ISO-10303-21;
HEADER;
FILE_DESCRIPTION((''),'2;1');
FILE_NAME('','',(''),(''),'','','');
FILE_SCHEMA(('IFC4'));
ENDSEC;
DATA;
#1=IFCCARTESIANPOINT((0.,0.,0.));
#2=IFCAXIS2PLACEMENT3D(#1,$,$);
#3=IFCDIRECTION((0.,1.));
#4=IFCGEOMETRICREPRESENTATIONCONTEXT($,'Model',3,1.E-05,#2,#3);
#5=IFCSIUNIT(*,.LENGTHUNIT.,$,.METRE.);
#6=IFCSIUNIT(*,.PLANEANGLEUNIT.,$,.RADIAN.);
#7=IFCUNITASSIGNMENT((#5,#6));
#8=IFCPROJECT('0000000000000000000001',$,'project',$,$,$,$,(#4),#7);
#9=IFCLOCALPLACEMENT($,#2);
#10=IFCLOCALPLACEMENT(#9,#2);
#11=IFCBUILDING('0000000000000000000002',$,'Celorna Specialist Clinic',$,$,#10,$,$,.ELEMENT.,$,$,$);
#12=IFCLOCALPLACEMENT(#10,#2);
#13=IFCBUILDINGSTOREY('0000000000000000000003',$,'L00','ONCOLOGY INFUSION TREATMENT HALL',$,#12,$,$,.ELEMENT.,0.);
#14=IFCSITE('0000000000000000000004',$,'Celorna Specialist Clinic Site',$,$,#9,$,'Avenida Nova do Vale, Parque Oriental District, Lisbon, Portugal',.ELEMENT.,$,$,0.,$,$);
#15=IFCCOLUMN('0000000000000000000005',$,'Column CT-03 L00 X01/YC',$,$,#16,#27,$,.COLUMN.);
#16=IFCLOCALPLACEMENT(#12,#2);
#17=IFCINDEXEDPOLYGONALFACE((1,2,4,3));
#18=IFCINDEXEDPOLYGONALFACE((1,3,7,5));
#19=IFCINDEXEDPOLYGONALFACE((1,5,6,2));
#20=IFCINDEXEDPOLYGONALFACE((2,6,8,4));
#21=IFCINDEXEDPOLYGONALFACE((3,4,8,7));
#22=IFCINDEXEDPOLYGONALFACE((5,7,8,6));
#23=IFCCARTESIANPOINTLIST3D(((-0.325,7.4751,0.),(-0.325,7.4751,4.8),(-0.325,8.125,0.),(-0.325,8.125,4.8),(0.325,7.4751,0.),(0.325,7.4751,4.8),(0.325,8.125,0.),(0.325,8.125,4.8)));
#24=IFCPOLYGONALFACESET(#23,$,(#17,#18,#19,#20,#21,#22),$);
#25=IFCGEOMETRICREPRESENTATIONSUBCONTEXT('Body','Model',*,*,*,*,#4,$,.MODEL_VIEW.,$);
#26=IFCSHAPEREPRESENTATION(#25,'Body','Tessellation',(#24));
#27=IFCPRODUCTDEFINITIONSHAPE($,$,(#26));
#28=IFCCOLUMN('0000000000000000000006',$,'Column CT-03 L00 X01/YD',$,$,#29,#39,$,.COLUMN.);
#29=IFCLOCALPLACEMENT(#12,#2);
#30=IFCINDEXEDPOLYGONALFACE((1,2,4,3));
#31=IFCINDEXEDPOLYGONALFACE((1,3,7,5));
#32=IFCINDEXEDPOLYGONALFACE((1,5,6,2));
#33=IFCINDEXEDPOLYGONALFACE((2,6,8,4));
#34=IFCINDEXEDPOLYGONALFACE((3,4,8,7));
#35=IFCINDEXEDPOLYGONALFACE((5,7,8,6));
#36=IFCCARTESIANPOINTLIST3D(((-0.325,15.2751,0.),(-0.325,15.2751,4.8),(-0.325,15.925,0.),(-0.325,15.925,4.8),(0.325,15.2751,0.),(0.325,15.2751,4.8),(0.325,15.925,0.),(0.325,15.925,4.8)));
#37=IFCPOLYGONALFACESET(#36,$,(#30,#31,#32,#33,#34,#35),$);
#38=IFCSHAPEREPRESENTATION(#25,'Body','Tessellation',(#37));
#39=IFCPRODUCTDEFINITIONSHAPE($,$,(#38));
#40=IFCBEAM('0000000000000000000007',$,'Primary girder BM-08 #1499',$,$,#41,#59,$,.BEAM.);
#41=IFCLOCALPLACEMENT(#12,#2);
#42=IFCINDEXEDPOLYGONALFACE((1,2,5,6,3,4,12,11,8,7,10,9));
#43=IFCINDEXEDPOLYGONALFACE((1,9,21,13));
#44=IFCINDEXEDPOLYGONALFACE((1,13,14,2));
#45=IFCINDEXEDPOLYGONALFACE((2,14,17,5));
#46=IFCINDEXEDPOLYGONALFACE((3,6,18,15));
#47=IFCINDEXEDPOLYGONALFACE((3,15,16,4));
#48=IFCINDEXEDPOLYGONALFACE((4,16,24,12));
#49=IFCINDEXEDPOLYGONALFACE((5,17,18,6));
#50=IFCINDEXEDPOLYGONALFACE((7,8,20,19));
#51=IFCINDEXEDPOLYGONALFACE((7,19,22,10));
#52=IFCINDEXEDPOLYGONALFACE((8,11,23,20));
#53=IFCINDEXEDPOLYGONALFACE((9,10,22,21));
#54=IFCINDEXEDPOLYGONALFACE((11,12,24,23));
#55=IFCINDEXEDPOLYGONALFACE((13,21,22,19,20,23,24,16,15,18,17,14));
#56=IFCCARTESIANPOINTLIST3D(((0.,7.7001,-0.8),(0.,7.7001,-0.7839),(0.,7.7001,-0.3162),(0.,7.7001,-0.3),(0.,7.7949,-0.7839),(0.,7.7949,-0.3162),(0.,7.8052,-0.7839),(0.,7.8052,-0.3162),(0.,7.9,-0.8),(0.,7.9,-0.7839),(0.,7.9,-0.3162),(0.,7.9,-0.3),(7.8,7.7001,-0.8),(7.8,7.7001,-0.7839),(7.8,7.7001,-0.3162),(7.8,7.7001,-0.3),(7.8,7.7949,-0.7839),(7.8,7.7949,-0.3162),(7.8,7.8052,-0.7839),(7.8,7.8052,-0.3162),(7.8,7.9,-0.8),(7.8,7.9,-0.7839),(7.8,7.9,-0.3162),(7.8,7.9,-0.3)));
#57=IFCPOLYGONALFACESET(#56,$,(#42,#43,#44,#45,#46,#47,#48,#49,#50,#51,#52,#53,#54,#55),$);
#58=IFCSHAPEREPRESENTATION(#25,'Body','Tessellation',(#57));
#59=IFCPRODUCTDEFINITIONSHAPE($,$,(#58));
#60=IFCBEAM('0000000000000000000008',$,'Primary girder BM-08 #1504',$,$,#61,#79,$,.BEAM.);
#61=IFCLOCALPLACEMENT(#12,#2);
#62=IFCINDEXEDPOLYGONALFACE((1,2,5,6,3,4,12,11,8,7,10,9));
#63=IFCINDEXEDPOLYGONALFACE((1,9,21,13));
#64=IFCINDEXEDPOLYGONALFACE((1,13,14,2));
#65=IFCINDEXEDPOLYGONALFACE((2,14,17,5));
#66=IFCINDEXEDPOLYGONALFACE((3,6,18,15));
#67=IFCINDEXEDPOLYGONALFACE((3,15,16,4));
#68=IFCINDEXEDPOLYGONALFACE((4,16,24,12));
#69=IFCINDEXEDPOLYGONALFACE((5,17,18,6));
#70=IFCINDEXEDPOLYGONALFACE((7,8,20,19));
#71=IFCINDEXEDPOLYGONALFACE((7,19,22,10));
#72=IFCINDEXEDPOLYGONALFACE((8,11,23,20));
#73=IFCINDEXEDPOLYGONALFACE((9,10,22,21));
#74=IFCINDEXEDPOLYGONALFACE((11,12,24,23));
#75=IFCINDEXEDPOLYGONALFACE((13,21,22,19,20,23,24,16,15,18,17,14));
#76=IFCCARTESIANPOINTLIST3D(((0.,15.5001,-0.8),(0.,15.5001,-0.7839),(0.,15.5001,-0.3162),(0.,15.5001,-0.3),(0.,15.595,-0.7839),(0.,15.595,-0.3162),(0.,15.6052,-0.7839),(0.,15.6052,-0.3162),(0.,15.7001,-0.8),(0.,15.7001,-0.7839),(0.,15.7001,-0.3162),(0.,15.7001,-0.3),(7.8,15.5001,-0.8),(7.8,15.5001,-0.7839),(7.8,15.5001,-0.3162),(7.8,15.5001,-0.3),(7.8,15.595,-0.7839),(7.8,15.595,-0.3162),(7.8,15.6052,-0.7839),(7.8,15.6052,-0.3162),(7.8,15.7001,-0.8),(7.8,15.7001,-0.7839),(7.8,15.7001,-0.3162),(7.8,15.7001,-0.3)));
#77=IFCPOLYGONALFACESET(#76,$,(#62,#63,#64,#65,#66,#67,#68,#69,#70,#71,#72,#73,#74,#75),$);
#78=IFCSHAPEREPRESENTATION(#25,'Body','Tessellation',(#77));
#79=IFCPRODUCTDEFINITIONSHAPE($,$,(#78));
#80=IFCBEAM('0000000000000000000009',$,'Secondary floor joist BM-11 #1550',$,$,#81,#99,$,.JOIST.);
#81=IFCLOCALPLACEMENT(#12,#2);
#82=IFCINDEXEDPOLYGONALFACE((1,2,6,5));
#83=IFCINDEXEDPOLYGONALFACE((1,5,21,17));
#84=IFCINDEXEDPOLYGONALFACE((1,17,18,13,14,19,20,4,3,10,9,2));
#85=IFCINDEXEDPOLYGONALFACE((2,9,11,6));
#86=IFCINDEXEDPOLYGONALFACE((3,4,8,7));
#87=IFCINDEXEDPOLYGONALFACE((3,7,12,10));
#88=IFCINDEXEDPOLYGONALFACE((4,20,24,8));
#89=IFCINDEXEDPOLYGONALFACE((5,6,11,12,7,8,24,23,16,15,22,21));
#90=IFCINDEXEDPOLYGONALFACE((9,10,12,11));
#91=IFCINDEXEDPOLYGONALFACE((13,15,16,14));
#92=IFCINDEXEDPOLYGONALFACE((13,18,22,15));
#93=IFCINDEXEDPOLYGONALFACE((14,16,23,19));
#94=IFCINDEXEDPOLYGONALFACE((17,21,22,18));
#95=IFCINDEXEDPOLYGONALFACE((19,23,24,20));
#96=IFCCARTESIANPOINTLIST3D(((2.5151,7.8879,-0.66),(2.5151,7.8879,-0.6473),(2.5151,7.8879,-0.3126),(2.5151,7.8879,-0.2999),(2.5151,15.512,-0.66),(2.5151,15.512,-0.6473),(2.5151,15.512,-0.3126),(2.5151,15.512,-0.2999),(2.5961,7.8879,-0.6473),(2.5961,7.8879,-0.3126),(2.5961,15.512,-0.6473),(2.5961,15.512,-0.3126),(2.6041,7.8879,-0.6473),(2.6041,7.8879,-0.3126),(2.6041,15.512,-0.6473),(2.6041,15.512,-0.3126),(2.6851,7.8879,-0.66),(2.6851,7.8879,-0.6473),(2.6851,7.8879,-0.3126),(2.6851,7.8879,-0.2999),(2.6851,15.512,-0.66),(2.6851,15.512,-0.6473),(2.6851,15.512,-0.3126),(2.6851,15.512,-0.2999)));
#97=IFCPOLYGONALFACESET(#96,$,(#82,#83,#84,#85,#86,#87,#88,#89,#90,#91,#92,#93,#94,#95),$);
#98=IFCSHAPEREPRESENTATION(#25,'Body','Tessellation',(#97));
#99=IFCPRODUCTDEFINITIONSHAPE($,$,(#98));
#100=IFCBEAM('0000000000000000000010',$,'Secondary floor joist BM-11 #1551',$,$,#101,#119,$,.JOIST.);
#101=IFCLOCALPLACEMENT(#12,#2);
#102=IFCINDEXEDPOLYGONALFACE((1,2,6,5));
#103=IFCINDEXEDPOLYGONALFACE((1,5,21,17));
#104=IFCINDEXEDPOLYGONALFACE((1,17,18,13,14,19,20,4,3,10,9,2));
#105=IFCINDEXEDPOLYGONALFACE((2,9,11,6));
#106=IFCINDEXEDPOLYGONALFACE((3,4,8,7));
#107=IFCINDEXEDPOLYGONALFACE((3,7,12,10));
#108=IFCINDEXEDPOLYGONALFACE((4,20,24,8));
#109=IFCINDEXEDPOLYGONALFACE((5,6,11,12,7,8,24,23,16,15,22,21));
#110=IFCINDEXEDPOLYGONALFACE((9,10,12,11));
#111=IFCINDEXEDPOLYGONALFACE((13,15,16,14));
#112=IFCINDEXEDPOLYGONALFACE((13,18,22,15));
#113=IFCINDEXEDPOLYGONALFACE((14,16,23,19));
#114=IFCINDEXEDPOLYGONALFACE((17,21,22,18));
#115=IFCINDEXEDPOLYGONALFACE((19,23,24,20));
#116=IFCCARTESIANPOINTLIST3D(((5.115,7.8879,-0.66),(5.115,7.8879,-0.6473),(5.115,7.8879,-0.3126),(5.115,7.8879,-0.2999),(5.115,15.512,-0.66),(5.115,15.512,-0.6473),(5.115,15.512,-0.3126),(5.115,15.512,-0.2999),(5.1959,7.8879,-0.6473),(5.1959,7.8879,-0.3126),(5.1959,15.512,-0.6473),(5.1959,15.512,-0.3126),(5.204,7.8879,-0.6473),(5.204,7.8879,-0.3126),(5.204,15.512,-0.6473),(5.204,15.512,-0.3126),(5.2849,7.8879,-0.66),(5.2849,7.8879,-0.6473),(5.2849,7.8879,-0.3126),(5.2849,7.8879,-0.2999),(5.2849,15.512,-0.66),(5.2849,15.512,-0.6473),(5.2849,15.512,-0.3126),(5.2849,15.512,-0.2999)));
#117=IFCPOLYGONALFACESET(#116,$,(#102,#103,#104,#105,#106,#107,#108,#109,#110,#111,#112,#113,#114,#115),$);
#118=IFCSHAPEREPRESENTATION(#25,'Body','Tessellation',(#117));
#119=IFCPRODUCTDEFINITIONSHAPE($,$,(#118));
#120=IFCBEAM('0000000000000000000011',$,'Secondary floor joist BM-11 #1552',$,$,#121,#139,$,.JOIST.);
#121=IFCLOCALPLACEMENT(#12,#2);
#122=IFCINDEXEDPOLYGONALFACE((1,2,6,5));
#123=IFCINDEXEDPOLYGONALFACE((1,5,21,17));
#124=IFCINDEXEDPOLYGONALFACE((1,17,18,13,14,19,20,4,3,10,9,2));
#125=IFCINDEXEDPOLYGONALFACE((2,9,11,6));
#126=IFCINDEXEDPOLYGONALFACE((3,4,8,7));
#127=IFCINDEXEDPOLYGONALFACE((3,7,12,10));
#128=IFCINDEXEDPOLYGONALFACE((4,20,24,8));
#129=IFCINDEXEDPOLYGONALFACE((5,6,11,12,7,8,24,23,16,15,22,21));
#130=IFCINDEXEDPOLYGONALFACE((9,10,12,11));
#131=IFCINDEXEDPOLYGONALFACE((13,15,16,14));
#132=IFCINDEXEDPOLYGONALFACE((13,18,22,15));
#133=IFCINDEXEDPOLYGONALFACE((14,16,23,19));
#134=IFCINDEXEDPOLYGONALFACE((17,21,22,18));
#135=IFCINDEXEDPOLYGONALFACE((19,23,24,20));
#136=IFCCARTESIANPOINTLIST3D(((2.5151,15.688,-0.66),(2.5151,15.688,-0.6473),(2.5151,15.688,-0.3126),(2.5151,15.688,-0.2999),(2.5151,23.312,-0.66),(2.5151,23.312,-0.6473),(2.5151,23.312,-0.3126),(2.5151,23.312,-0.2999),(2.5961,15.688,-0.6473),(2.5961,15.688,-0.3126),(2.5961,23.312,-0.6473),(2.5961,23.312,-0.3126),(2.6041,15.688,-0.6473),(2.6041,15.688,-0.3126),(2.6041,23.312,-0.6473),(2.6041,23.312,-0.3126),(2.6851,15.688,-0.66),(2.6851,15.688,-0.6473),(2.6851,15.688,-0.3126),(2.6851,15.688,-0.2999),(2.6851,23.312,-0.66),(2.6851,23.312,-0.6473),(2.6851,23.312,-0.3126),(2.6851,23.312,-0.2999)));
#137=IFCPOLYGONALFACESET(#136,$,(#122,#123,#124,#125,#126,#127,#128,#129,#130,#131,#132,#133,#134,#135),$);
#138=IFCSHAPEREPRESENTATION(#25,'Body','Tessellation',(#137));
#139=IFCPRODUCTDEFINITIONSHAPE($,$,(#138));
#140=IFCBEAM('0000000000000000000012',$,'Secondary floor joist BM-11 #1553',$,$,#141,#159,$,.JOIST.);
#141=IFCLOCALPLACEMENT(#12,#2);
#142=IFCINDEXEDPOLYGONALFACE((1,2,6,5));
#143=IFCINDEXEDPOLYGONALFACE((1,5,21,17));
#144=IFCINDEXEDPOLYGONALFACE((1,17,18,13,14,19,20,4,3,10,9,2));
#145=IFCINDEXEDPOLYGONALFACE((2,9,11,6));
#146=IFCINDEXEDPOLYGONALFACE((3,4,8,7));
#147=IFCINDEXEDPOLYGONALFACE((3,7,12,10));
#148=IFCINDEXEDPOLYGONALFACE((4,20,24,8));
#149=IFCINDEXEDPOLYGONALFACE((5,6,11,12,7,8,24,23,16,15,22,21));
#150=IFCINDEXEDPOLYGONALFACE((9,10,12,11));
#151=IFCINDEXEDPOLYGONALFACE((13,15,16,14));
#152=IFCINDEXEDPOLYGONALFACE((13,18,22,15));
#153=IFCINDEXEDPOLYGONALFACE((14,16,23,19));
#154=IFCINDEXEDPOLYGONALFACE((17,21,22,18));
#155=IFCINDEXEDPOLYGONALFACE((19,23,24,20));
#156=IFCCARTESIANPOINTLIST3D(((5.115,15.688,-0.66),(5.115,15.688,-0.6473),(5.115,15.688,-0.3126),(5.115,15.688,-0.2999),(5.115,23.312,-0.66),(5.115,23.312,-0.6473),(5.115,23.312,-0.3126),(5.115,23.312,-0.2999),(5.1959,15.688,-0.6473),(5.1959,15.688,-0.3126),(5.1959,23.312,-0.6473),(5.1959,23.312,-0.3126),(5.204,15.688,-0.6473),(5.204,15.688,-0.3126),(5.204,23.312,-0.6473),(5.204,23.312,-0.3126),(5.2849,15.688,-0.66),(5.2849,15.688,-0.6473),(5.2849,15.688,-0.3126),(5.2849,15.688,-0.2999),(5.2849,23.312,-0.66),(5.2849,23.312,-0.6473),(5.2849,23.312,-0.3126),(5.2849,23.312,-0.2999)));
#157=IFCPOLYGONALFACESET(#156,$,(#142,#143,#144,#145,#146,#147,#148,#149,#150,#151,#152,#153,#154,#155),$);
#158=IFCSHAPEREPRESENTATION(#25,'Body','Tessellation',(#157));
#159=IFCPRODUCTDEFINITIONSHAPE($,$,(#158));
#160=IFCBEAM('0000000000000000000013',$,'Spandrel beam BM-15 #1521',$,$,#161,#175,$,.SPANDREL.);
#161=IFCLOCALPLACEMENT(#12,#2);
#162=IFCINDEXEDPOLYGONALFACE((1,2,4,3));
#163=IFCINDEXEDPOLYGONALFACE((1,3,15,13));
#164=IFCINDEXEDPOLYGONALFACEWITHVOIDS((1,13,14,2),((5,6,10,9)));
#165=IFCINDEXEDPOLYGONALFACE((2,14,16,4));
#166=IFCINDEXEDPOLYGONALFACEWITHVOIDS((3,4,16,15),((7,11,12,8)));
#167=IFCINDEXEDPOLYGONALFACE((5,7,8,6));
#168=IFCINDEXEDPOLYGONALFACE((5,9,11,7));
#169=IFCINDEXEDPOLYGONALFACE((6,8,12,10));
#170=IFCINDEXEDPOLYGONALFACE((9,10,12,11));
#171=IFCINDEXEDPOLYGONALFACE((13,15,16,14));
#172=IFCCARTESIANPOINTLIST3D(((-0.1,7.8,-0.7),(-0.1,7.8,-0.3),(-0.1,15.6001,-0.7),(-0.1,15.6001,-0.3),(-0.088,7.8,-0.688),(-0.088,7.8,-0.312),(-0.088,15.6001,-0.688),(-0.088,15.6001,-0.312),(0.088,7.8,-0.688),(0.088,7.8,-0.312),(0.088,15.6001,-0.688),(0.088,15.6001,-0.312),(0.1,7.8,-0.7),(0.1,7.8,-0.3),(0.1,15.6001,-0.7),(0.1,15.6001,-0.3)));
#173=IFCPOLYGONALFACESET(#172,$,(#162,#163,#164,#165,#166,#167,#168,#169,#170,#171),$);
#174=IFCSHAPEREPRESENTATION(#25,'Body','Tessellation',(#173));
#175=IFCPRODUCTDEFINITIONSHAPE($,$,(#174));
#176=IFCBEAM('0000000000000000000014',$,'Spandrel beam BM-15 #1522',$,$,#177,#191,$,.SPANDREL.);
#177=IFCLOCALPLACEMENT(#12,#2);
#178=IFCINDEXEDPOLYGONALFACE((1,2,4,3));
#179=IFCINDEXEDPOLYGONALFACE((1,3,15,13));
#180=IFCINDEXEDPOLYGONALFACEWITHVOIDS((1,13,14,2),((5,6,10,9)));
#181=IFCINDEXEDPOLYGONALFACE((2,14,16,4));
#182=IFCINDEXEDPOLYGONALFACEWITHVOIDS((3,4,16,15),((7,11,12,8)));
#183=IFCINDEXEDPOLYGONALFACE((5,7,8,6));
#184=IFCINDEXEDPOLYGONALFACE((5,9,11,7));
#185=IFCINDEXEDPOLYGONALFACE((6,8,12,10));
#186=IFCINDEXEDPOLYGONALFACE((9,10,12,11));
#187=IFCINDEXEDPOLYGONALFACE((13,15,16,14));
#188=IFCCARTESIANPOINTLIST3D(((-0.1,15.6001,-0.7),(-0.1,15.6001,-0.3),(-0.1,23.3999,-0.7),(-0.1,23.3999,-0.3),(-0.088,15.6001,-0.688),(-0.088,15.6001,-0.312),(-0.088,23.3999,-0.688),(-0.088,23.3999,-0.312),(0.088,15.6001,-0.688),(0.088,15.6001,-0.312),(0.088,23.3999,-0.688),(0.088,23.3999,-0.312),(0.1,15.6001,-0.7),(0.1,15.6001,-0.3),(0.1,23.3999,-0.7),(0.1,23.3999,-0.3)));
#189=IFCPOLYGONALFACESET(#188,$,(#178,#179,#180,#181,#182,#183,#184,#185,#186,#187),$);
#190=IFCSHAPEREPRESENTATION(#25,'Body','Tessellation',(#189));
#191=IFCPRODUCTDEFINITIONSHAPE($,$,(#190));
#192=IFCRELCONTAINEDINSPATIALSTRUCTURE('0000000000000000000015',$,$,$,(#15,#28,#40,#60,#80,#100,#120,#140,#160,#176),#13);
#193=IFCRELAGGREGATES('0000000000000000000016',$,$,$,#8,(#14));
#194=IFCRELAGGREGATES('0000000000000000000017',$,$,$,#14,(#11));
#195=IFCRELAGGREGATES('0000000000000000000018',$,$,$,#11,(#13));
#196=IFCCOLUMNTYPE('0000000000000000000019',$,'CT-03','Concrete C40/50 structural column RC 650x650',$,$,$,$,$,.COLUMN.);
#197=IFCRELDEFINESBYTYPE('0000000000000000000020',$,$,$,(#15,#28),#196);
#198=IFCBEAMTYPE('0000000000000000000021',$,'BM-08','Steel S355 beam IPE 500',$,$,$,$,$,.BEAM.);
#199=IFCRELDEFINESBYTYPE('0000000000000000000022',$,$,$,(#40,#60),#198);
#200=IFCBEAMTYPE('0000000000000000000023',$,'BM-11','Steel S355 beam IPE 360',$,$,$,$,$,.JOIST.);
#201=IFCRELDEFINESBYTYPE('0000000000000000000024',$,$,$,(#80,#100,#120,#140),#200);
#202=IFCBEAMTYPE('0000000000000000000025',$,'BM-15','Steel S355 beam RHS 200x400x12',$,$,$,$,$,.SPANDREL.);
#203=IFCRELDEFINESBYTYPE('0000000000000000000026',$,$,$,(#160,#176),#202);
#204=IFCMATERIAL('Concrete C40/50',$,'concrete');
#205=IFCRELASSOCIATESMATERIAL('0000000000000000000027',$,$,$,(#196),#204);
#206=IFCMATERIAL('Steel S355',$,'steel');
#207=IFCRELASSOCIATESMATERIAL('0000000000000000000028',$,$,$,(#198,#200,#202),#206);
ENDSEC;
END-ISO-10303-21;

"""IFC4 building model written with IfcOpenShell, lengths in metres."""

from ifc_helpers import new_model, si_unit, direction, frame, origin, origin_2d, place, context, subcontext, project, spatial, rectangle, hollow_rectangle, i_section, extrude, material, material_profile, profile_set, type_object, element, save


model = new_model("IFC4")

# Units and contexts
model_context = context("Model", 3, precision=1e-05, world=origin(), true_north=direction((0.0, 1.0)))
body_context = subcontext(model_context, "Body", "Model", "MODEL_VIEW")
ifc_project = project(units=[si_unit("LENGTHUNIT", "METRE"), si_unit("PLANEANGLEUNIT", "RADIAN")], contexts=[model_context])

# Site, building, storey
site_placement = place(None, origin())
site = spatial("IfcSite", under=ifc_project, at=site_placement, Name="Celorna Specialist Clinic Site", LongName="Avenida Nova do Vale, Parque Oriental District, Lisbon, Portugal", CompositionType="ELEMENT", RefElevation=0.0)
building_placement = place(site_placement, origin())
building = spatial("IfcBuilding", under=site, at=building_placement, Name="Celorna Specialist Clinic", CompositionType="ELEMENT")
storey_placement = place(building_placement, origin())
storey = spatial("IfcBuildingStorey", under=building, at=storey_placement, Name="L00", Description="ONCOLOGY INFUSION TREATMENT HALL", CompositionType="ELEMENT", Elevation=0.0)

# Columns
ifc_material_1 = material(Name="Concrete C40/50", Category="concrete")
ifc_material_profile_1 = material_profile(ifc_material_1, rectangle(XDim=0.6499, YDim=0.6499, at=origin_2d()), Name="RC 650x650")
ifc_profile_set_1 = profile_set([ifc_material_profile_1], Name="Concrete C40/50")
column_type = type_object("IfcColumnType", Name="CT-03", Description="Concrete C40/50 structural column RC 650x650", PredefinedType="COLUMN", material=ifc_profile_set_1)
for number, where, z_axis, x_axis, name in (
    (1, (0.0, 7.8, 0.0), (0.0, 0.0, 1.0), (1.0, 0.0, 0.0), "Column CT-03 L00 X01/YC"),
    (2, (0.0, 15.6001, 0.0), (0.0, 0.0, 1.0), (1.0, 0.0, 0.0), "Column CT-03 L00 X01/YD"),
):
    element("IfcColumn", number, at=place(storey_placement, frame(where, z_axis=z_axis, x_axis=x_axis)), inside=storey, type_object=column_type, Name=name, PredefinedType="COLUMN", context=body_context, shape_type="SweptSolid", body=[
        extrude(rectangle(XDim=0.6499, YDim=0.6499, at=origin_2d()), origin(), (0.0, 0.0, 1.0), 4.8),
    ])

# Beams
ifc_material_2 = material(Name="Steel S355", Category="steel")
ifc_material_profile_2 = material_profile(ifc_material_2, i_section(OverallWidth=0.2, OverallDepth=0.5, WebThickness=0.0103, FlangeThickness=0.0161, at=origin_2d()), Name="IPE 500")
ifc_profile_set_2 = profile_set([ifc_material_profile_2], Name="Steel S355")
beam_type_1 = type_object("IfcBeamType", Name="BM-08", Description="Steel S355 beam IPE 500", PredefinedType="BEAM", material=ifc_profile_set_2)
for number, where, z_axis, x_axis, name in (
    (3, (0.0, 7.8, -0.55), (1.0, 0.0, 0.0), (0.0, 1.0, 0.0), "Primary girder BM-08 #1499"),
    (4, (0.0, 15.6001, -0.55), (1.0, 0.0, 0.0), (0.0, 1.0, 0.0), "Primary girder BM-08 #1504"),
):
    element("IfcBeam", number, at=place(storey_placement, frame(where, z_axis=z_axis, x_axis=x_axis)), inside=storey, type_object=beam_type_1, Name=name, PredefinedType="BEAM", context=body_context, shape_type="SweptSolid", body=[
        extrude(i_section(OverallWidth=0.2, OverallDepth=0.5, WebThickness=0.0103, FlangeThickness=0.0161, at=origin_2d()), origin(), (0.0, 0.0, 1.0), 7.8),
    ])
ifc_material_profile_3 = material_profile(ifc_material_2, i_section(OverallWidth=0.1699, OverallDepth=0.3601, WebThickness=0.0081, FlangeThickness=0.0127, at=origin_2d()), Name="IPE 360")
ifc_profile_set_3 = profile_set([ifc_material_profile_3], Name="Steel S355")
beam_type_2 = type_object("IfcBeamType", Name="BM-11", Description="Steel S355 beam IPE 360", PredefinedType="JOIST", material=ifc_profile_set_3)
for number, where, z_axis, x_axis, name in (
    (5, (2.6001, 7.8879, -0.48), (0.0, 1.0, 0.0), (-1.0, 0.0, 0.0), "Secondary floor joist BM-11 #1550"),
    (6, (5.2, 7.8879, -0.48), (0.0, 1.0, 0.0), (-1.0, 0.0, 0.0), "Secondary floor joist BM-11 #1551"),
    (7, (2.6001, 15.688, -0.48), (0.0, 1.0, 0.0), (-1.0, 0.0, 0.0), "Secondary floor joist BM-11 #1552"),
    (8, (5.2, 15.688, -0.48), (0.0, 1.0, 0.0), (-1.0, 0.0, 0.0), "Secondary floor joist BM-11 #1553"),
):
    element("IfcBeam", number, at=place(storey_placement, frame(where, z_axis=z_axis, x_axis=x_axis)), inside=storey, type_object=beam_type_2, Name=name, PredefinedType="JOIST", context=body_context, shape_type="SweptSolid", body=[
        extrude(i_section(OverallWidth=0.1699, OverallDepth=0.3601, WebThickness=0.0081, FlangeThickness=0.0127, at=origin_2d()), origin(), (0.0, 0.0, 1.0), 7.624),
    ])
ifc_material_profile_4 = material_profile(ifc_material_2, hollow_rectangle(XDim=0.2, YDim=0.3999, WallThickness=0.012, at=origin_2d()), Name="RHS 200x400x12")
ifc_profile_set_4 = profile_set([ifc_material_profile_4], Name="Steel S355")
beam_type_3 = type_object("IfcBeamType", Name="BM-15", Description="Steel S355 beam RHS 200x400x12", PredefinedType="SPANDREL", material=ifc_profile_set_4)
beam_1_placement = place(storey_placement, frame((0.0, 7.8, -0.5), z_axis=(0.0, 1.0, 0.0), x_axis=(-1.0, 0.0, 0.0)))
element("IfcBeam", 9, at=beam_1_placement, inside=storey, type_object=beam_type_3, Name="Spandrel beam BM-15 #1521", PredefinedType="SPANDREL", context=body_context, shape_type="SweptSolid", body=[
    extrude(hollow_rectangle(XDim=0.2, YDim=0.3999, WallThickness=0.012, at=origin_2d()), origin(), (0.0, 0.0, 1.0), 7.8),
])
beam_2_placement = place(storey_placement, frame((0.0, 15.6001, -0.5), z_axis=(0.0, 1.0, 0.0), x_axis=(-1.0, 0.0, 0.0)))
element("IfcBeam", 10, at=beam_2_placement, inside=storey, type_object=beam_type_3, Name="Spandrel beam BM-15 #1522", PredefinedType="SPANDREL", context=body_context, shape_type="SweptSolid", body=[
    extrude(hollow_rectangle(XDim=0.2, YDim=0.3999, WallThickness=0.012, at=origin_2d()), origin(), (0.0, 0.0, 1.0), 7.7998),
])

save(model, "model.ifc")
